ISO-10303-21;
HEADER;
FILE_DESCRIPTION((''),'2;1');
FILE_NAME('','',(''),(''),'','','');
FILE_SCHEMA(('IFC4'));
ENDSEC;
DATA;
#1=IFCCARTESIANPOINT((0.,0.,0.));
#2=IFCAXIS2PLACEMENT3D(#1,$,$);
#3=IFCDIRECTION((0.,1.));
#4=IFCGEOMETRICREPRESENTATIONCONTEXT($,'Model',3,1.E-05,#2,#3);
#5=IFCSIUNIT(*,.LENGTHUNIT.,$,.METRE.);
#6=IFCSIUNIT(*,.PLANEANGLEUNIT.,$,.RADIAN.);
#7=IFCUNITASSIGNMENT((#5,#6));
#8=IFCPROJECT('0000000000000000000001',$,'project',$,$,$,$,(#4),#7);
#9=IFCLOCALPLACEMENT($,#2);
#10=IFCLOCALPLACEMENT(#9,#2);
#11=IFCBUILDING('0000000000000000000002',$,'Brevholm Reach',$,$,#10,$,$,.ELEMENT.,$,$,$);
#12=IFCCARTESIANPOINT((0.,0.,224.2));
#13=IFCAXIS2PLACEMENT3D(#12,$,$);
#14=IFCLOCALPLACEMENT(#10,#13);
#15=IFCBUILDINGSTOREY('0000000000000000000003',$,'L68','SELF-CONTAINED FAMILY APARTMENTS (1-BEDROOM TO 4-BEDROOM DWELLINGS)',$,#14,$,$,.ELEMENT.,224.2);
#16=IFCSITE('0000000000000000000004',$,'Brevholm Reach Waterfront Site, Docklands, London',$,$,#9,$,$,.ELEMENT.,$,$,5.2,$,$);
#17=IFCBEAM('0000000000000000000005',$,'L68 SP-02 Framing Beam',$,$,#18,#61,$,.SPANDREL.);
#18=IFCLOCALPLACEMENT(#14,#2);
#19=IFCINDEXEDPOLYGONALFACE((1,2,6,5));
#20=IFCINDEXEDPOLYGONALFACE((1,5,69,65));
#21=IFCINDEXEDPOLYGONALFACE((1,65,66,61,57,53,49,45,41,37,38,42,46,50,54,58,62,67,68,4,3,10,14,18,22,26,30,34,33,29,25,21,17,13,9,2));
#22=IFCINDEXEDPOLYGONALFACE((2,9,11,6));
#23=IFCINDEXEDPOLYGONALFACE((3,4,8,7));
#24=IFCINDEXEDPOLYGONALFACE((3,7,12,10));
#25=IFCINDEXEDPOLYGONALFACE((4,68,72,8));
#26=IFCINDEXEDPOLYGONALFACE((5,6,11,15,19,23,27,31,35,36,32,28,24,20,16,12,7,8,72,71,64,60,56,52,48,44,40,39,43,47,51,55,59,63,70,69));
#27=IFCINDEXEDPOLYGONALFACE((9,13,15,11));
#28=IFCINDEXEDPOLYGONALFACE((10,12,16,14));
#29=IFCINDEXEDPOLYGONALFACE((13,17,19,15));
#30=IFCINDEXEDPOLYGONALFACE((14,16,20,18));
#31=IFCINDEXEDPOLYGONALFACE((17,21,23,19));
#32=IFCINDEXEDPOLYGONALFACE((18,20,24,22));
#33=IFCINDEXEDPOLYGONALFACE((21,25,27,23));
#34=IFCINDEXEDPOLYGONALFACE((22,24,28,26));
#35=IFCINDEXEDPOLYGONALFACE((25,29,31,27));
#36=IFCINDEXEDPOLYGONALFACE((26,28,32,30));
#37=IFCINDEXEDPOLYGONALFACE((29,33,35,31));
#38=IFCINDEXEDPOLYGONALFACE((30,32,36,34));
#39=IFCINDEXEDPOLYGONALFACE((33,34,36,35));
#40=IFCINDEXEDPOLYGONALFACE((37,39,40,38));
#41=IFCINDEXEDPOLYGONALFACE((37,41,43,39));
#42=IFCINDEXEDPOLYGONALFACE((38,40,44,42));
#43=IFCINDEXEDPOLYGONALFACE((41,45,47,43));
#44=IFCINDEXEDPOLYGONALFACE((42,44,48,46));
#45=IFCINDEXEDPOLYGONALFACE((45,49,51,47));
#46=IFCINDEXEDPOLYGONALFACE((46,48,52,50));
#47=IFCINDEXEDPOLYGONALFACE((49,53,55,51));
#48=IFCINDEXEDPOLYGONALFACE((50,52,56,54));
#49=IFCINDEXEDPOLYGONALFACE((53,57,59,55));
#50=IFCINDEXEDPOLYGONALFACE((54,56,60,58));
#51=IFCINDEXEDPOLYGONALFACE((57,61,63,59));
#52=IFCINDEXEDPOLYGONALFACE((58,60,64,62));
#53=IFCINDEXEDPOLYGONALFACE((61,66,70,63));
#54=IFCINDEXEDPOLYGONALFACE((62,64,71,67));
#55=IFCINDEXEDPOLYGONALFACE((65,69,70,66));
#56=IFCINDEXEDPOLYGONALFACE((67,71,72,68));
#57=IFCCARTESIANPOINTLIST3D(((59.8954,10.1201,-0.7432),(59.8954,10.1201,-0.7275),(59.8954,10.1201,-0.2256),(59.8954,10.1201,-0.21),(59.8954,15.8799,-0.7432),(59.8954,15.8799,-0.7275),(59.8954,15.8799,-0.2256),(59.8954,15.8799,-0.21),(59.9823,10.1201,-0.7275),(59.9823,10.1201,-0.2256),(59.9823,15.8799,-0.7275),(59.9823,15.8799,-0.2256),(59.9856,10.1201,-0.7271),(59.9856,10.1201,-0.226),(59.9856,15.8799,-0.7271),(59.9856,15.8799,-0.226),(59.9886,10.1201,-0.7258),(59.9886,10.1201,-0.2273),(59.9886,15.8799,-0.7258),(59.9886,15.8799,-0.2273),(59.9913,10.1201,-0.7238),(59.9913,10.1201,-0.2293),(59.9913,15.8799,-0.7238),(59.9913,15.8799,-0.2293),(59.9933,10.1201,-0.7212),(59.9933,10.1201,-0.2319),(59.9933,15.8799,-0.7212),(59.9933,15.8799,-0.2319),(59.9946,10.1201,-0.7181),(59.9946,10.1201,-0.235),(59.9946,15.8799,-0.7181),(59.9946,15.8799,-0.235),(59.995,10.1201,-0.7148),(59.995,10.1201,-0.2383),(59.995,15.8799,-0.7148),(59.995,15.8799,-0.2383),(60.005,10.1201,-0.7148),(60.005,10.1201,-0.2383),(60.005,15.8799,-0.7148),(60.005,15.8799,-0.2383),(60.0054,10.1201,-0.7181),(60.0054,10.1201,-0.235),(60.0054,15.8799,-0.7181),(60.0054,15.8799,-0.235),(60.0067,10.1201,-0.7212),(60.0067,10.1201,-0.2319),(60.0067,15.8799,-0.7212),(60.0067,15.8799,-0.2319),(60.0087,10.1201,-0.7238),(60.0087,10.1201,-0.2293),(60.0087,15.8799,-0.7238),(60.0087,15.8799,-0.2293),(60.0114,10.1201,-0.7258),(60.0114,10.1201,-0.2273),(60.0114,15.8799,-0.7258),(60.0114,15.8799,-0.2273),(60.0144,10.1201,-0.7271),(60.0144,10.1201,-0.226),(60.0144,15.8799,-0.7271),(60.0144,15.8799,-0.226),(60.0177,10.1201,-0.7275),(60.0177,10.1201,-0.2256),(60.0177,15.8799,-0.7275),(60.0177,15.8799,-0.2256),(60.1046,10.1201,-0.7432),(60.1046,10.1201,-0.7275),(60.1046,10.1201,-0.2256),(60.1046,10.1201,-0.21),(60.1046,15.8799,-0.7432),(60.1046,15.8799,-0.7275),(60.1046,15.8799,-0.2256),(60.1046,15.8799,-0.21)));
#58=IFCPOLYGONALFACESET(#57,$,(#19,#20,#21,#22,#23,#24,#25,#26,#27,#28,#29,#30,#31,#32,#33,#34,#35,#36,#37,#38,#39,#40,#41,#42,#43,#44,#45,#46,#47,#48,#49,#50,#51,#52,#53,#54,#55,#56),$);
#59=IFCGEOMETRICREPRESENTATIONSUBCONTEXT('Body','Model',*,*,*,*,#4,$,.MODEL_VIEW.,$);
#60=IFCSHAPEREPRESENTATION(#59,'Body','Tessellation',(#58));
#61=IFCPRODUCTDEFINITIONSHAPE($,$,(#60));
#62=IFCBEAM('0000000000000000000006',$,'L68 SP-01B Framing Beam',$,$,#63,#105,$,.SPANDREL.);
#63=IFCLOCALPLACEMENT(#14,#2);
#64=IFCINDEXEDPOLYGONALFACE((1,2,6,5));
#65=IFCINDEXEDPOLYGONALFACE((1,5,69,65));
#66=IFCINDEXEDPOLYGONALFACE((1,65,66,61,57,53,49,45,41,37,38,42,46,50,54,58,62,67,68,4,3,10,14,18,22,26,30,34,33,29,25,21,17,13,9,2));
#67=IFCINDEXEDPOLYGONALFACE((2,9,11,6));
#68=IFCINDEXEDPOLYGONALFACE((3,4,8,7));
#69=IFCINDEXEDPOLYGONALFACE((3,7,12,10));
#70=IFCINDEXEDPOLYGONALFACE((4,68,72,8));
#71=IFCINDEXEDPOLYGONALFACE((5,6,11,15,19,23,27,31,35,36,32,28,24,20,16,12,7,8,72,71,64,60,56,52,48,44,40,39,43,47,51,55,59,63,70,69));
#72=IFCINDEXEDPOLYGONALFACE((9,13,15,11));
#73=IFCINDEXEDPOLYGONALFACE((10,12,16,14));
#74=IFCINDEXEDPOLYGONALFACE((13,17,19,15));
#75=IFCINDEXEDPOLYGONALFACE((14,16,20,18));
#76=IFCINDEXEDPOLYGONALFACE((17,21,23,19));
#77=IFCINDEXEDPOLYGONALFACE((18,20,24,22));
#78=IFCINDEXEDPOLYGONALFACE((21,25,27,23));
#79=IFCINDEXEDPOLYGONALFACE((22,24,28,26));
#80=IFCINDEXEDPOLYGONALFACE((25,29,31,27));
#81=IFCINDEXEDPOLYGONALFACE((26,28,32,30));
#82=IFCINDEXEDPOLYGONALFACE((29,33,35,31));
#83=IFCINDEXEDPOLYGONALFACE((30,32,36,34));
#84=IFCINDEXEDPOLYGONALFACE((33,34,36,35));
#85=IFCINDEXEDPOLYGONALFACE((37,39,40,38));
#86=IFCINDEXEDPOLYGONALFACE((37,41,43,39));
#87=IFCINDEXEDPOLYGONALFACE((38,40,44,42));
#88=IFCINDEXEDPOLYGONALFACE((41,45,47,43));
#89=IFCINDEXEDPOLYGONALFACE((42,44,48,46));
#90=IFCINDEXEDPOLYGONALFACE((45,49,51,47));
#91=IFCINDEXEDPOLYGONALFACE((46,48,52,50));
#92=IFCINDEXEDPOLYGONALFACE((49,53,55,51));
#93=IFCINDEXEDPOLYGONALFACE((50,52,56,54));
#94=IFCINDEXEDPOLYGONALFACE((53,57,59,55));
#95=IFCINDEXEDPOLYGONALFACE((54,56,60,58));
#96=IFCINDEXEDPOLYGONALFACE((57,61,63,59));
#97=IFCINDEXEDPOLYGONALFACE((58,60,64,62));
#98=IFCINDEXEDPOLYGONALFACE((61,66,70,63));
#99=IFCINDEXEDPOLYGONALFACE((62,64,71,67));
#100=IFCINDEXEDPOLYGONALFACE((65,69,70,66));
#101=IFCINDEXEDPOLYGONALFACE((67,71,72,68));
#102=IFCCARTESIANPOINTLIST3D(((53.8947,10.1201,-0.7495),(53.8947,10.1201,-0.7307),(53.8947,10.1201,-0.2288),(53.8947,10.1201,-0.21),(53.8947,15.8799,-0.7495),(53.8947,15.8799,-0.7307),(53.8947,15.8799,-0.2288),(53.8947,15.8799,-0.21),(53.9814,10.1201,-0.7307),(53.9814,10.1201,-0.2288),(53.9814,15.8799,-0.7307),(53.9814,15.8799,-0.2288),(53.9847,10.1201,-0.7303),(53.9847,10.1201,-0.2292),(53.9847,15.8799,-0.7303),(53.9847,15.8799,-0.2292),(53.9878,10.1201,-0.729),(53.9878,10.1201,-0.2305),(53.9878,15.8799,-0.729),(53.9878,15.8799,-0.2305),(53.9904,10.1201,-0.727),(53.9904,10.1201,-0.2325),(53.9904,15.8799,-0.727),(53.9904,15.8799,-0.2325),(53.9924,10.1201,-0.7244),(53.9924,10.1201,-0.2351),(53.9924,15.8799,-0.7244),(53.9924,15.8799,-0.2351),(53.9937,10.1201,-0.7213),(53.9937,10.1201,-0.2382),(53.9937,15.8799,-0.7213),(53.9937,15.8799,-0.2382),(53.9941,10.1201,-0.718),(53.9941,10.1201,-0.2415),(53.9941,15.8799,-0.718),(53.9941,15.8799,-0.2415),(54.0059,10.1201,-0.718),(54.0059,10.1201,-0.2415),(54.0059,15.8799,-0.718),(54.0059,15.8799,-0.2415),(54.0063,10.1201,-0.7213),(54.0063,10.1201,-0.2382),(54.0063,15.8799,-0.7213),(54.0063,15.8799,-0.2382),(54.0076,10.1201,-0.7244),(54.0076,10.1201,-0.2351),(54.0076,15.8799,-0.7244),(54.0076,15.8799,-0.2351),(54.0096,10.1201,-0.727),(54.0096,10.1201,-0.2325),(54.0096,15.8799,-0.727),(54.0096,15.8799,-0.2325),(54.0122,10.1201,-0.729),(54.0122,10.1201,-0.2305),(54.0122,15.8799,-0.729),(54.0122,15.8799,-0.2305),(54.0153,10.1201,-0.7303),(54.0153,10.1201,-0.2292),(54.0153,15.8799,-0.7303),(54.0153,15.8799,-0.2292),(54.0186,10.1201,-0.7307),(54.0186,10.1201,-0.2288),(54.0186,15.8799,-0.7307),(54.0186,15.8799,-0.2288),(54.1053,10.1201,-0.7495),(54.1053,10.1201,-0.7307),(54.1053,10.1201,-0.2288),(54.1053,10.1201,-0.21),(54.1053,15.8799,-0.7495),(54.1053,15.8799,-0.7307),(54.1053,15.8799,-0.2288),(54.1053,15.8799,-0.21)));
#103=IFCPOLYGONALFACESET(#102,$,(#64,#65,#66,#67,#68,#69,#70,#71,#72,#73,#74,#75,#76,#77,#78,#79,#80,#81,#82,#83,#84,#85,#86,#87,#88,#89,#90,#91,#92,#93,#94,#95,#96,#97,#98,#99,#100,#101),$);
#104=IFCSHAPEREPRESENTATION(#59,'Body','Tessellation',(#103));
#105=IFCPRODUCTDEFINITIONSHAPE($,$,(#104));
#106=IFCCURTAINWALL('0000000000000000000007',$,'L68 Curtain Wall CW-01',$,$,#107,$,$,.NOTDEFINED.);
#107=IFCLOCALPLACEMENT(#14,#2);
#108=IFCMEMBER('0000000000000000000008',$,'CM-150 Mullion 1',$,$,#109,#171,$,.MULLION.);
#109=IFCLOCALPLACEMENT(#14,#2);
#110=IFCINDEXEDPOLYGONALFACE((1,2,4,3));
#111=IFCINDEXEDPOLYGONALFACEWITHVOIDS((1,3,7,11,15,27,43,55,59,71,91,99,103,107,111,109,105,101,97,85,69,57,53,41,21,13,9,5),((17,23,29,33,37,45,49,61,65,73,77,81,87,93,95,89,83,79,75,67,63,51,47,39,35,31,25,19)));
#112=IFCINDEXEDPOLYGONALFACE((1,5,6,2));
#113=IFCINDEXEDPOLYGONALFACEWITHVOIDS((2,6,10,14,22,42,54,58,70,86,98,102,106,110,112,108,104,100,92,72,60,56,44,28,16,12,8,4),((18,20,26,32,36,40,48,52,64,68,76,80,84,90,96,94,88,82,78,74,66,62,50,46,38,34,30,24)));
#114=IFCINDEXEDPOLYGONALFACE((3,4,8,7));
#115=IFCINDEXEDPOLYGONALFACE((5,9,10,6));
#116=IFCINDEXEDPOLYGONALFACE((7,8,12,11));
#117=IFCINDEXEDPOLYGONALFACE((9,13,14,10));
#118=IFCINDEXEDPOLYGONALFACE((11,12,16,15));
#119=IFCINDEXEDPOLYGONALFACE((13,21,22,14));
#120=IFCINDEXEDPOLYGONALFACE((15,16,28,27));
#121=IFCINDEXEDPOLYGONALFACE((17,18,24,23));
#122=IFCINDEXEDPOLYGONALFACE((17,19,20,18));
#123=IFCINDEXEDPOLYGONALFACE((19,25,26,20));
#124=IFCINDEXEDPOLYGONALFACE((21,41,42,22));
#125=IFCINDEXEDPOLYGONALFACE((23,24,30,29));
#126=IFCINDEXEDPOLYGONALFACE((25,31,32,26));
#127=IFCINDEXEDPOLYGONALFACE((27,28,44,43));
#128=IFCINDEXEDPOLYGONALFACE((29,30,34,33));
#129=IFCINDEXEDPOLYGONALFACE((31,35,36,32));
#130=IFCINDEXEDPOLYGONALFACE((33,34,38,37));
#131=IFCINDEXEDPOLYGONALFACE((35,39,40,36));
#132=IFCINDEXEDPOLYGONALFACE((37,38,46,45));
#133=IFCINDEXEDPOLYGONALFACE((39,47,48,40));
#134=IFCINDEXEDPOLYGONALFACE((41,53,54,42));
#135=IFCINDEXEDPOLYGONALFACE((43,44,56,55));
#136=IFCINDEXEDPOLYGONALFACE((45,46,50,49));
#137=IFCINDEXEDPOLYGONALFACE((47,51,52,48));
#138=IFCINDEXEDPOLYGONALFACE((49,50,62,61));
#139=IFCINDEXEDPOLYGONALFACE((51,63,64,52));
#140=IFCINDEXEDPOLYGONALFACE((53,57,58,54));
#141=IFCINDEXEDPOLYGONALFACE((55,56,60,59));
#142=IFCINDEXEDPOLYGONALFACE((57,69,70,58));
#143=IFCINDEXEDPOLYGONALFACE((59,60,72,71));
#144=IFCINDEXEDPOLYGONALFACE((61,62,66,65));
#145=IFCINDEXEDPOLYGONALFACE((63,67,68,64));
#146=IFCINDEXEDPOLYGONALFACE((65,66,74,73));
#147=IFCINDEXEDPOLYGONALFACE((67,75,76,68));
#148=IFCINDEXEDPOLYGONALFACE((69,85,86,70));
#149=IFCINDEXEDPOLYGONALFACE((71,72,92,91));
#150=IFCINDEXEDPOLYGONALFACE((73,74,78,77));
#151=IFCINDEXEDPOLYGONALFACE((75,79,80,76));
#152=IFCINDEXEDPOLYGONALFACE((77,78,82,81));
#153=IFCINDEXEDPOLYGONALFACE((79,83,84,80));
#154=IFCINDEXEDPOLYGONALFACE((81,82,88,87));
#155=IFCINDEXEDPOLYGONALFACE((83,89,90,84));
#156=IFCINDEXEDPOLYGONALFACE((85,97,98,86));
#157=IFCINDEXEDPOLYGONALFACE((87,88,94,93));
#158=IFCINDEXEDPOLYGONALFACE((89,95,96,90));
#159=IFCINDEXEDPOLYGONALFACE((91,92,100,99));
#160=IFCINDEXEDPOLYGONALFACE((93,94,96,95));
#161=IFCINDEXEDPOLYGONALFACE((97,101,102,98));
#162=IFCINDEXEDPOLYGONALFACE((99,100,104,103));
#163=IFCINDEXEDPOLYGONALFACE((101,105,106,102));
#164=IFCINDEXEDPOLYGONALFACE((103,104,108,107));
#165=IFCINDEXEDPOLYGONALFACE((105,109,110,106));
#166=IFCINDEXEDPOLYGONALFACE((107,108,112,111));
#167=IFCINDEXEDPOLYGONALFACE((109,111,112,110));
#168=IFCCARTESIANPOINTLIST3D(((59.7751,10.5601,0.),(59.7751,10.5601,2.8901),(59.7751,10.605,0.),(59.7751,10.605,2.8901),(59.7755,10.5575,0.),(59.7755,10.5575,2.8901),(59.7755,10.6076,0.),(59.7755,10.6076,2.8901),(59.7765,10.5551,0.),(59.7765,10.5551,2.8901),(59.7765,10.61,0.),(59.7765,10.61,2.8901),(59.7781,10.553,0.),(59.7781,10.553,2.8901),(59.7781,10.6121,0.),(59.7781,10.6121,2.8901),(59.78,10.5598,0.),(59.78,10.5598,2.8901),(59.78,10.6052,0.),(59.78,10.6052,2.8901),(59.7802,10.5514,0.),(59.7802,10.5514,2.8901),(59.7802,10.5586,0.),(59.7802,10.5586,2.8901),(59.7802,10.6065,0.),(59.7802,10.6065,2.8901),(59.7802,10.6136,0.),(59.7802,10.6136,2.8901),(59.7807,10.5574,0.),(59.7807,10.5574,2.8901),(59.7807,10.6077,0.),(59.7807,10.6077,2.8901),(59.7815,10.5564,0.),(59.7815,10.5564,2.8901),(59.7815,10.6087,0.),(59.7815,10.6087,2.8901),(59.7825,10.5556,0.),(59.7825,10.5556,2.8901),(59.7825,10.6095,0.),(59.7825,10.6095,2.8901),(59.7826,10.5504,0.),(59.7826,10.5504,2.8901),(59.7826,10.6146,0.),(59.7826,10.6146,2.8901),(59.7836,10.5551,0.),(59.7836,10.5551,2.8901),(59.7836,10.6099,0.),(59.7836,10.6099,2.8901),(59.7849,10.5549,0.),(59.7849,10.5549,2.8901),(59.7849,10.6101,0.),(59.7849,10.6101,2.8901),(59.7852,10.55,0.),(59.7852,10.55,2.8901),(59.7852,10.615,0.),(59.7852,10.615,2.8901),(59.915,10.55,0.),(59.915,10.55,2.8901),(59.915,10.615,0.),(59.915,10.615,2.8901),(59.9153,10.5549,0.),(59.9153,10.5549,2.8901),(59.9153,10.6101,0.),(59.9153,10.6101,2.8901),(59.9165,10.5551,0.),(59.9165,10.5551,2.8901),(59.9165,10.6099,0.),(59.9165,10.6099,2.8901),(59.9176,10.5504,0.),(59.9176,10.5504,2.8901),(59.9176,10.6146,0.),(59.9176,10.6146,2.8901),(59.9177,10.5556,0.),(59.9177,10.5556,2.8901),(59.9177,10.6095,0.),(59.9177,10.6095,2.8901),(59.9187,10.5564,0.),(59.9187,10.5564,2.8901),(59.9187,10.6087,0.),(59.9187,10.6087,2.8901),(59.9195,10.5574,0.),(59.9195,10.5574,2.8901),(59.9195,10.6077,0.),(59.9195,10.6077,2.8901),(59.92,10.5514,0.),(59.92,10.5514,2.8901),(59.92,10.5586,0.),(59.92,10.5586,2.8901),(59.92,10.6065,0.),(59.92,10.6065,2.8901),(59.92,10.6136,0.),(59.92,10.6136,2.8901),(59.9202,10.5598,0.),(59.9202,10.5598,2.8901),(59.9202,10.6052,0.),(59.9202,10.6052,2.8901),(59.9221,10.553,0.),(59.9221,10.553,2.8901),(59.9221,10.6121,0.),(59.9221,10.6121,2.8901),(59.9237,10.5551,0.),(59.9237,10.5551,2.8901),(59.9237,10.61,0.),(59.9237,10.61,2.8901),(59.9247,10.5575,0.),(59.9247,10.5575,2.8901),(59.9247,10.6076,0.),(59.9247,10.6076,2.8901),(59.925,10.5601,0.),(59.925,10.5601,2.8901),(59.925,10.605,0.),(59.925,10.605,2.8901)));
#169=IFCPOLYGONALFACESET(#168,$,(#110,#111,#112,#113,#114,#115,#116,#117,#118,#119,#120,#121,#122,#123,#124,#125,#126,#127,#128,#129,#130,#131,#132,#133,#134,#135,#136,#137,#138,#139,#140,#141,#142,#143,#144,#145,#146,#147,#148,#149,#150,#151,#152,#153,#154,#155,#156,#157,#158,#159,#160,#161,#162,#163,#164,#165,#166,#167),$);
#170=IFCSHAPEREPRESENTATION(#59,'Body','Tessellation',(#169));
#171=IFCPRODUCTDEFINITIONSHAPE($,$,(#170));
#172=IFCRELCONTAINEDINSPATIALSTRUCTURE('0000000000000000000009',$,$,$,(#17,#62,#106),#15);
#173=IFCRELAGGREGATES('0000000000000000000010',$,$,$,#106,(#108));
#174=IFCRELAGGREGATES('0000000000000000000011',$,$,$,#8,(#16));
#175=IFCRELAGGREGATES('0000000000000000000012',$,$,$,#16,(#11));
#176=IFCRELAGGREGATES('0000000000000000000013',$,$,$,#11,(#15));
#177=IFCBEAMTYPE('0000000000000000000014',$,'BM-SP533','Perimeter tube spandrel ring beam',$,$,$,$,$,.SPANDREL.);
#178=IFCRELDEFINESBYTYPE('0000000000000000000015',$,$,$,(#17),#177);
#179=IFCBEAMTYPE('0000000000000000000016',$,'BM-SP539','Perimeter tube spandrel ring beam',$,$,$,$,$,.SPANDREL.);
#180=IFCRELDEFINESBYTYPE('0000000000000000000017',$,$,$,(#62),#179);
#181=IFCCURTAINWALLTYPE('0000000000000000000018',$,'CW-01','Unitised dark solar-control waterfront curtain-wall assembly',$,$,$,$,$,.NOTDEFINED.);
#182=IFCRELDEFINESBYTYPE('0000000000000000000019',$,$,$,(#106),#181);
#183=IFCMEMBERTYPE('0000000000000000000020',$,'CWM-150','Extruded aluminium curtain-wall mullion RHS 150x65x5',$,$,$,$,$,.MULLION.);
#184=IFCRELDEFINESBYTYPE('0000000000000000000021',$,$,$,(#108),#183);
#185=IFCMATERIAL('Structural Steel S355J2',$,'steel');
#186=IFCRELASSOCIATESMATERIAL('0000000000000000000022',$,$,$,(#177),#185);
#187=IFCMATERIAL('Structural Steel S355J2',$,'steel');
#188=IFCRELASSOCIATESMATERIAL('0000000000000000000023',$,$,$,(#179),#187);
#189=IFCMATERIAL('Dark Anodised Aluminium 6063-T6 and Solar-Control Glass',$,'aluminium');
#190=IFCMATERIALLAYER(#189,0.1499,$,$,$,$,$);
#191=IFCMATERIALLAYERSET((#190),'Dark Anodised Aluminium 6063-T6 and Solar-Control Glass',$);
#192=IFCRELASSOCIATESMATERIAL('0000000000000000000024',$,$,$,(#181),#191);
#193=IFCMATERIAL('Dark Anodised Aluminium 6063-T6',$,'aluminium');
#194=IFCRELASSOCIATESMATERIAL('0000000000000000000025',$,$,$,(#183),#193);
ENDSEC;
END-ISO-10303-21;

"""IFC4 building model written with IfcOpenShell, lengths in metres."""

from ifc_helpers import new_model, si_unit, direction, frame, origin, origin_2d, place, context, subcontext, project, spatial, hollow_rectangle, i_section, extrude, material, layer, layer_set, material_profile, profile_set, type_object, element, aggregate, save


model = new_model("IFC4")

# Units and contexts
model_context = context("Model", 3, precision=1e-05, world=origin(), true_north=direction((0.0, 1.0)))
body_context = subcontext(model_context, "Body", "Model", "MODEL_VIEW")
ifc_project = project(units=[si_unit("LENGTHUNIT", "METRE"), si_unit("PLANEANGLEUNIT", "RADIAN")], contexts=[model_context])

# Site, building, storey
site_placement = place(None, origin())
site = spatial("IfcSite", under=ifc_project, at=site_placement, Name="Brevholm Reach Waterfront Site, Docklands, London", CompositionType="ELEMENT", RefElevation=5.2)
building_placement = place(site_placement, origin())
building = spatial("IfcBuilding", under=site, at=building_placement, Name="Brevholm Reach", CompositionType="ELEMENT")
storey_placement = place(building_placement, frame((0.0, 0.0, 224.2)))
storey = spatial("IfcBuildingStorey", under=building, at=storey_placement, Name="L68", Description="SELF-CONTAINED FAMILY APARTMENTS (1-BEDROOM TO 4-BEDROOM DWELLINGS)", CompositionType="ELEMENT", Elevation=224.2)

# Beams
ifc_material_1 = material(Name="Structural Steel S355J2", Category="steel")
ifc_material_profile_1 = material_profile(ifc_material_1, i_section(OverallWidth=0.2092, OverallDepth=0.5332, WebThickness=0.01, FlangeThickness=0.0156, FilletRadius=0.0127, at=origin_2d()), Name="UKB 533x210x92")
ifc_profile_set_1 = profile_set([ifc_material_profile_1], Name="Structural Steel S355J2")
beam_type_1 = type_object("IfcBeamType", Name="BM-SP533", Description="Perimeter tube spandrel ring beam", PredefinedType="SPANDREL", material=ifc_profile_set_1)
beam_1_placement = place(storey_placement, frame((60.0, 10.1201, -0.4766), z_axis=(0.0, 1.0, 0.0), x_axis=(-1.0, 0.0, 0.0)))
element("IfcBeam", 1, at=beam_1_placement, inside=storey, type_object=beam_type_1, Name="L68 SP-02 Framing Beam", PredefinedType="SPANDREL", context=body_context, shape_type="SweptSolid", body=[
    extrude(i_section(OverallWidth=0.2092, OverallDepth=0.5332, WebThickness=0.01, FlangeThickness=0.0156, FilletRadius=0.0127, at=origin_2d()), origin(), (0.0, 0.0, 1.0), 5.7598),
])
ifc_material_2 = material(Name="Structural Steel S355J2", Category="steel")
ifc_material_profile_2 = material_profile(ifc_material_2, i_section(OverallWidth=0.2107, OverallDepth=0.5396, WebThickness=0.0117, FlangeThickness=0.0188, FilletRadius=0.0127, at=origin_2d()), Name="UKB 533x210x109")
ifc_profile_set_2 = profile_set([ifc_material_profile_2], Name="Structural Steel S355J2")
beam_type_2 = type_object("IfcBeamType", Name="BM-SP539", Description="Perimeter tube spandrel ring beam", PredefinedType="SPANDREL", material=ifc_profile_set_2)
beam_2_placement = place(storey_placement, frame((54.0, 10.1201, -0.4797), z_axis=(0.0, 1.0, 0.0), x_axis=(-1.0, 0.0, 0.0)))
element("IfcBeam", 2, at=beam_2_placement, inside=storey, type_object=beam_type_2, Name="L68 SP-01B Framing Beam", PredefinedType="SPANDREL", context=body_context, shape_type="SweptSolid", body=[
    extrude(i_section(OverallWidth=0.2107, OverallDepth=0.5396, WebThickness=0.0117, FlangeThickness=0.0188, FilletRadius=0.0127, at=origin_2d()), origin(), (0.0, 0.0, 1.0), 5.7598),
])

# Curtain wall, member
ifc_material_3 = material(Name="Dark Anodised Aluminium 6063-T6 and Solar-Control Glass", Category="aluminium")
ifc_layer_1 = layer(ifc_material_3, 0.1499)
ifc_layer_set_1 = layer_set([ifc_layer_1], Name="Dark Anodised Aluminium 6063-T6 and Solar-Control Glass")
curtain_wall_type = type_object("IfcCurtainWallType", Name="CW-01", Description="Unitised dark solar-control waterfront curtain-wall assembly", PredefinedType="NOTDEFINED", material=ifc_layer_set_1)
curtain_wall_placement = place(storey_placement, origin())
curtain_wall = element("IfcCurtainWall", 3, at=curtain_wall_placement, inside=storey, type_object=curtain_wall_type, Name="L68 Curtain Wall CW-01", PredefinedType="NOTDEFINED")
ifc_material_4 = material(Name="Dark Anodised Aluminium 6063-T6", Category="aluminium")
ifc_material_profile_3 = material_profile(ifc_material_4, hollow_rectangle(XDim=0.0649, YDim=0.1499, WallThickness=0.0049, InnerFilletRadius=0.0049, OuterFilletRadius=0.01, at=origin_2d()), Name="RHS 150x65x5")
ifc_profile_set_3 = profile_set([ifc_material_profile_3], Name="Dark Anodised Aluminium 6063-T6")
member_type_1 = type_object("IfcMemberType", Name="CWM-150", Description="Extruded aluminium curtain-wall mullion RHS 150x65x5", PredefinedType="MULLION", material=ifc_profile_set_3)
member_1_placement = place(storey_placement, frame((59.8501, 10.5825, 0.0), z_axis=(0.0, 0.0, 1.0), x_axis=(0.0, 1.0, 0.0)))
member_1 = element("IfcMember", 4, at=member_1_placement, type_object=member_type_1, Name="CM-150 Mullion 1", PredefinedType="MULLION", context=body_context, shape_type="SweptSolid", body=[
    extrude(hollow_rectangle(XDim=0.0649, YDim=0.1499, WallThickness=0.0049, InnerFilletRadius=0.0049, OuterFilletRadius=0.01, at=origin_2d()), origin(), (0.0, 0.0, 1.0), 2.8901),
])
aggregate(curtain_wall, [member_1])

save(model, "model.ifc")
